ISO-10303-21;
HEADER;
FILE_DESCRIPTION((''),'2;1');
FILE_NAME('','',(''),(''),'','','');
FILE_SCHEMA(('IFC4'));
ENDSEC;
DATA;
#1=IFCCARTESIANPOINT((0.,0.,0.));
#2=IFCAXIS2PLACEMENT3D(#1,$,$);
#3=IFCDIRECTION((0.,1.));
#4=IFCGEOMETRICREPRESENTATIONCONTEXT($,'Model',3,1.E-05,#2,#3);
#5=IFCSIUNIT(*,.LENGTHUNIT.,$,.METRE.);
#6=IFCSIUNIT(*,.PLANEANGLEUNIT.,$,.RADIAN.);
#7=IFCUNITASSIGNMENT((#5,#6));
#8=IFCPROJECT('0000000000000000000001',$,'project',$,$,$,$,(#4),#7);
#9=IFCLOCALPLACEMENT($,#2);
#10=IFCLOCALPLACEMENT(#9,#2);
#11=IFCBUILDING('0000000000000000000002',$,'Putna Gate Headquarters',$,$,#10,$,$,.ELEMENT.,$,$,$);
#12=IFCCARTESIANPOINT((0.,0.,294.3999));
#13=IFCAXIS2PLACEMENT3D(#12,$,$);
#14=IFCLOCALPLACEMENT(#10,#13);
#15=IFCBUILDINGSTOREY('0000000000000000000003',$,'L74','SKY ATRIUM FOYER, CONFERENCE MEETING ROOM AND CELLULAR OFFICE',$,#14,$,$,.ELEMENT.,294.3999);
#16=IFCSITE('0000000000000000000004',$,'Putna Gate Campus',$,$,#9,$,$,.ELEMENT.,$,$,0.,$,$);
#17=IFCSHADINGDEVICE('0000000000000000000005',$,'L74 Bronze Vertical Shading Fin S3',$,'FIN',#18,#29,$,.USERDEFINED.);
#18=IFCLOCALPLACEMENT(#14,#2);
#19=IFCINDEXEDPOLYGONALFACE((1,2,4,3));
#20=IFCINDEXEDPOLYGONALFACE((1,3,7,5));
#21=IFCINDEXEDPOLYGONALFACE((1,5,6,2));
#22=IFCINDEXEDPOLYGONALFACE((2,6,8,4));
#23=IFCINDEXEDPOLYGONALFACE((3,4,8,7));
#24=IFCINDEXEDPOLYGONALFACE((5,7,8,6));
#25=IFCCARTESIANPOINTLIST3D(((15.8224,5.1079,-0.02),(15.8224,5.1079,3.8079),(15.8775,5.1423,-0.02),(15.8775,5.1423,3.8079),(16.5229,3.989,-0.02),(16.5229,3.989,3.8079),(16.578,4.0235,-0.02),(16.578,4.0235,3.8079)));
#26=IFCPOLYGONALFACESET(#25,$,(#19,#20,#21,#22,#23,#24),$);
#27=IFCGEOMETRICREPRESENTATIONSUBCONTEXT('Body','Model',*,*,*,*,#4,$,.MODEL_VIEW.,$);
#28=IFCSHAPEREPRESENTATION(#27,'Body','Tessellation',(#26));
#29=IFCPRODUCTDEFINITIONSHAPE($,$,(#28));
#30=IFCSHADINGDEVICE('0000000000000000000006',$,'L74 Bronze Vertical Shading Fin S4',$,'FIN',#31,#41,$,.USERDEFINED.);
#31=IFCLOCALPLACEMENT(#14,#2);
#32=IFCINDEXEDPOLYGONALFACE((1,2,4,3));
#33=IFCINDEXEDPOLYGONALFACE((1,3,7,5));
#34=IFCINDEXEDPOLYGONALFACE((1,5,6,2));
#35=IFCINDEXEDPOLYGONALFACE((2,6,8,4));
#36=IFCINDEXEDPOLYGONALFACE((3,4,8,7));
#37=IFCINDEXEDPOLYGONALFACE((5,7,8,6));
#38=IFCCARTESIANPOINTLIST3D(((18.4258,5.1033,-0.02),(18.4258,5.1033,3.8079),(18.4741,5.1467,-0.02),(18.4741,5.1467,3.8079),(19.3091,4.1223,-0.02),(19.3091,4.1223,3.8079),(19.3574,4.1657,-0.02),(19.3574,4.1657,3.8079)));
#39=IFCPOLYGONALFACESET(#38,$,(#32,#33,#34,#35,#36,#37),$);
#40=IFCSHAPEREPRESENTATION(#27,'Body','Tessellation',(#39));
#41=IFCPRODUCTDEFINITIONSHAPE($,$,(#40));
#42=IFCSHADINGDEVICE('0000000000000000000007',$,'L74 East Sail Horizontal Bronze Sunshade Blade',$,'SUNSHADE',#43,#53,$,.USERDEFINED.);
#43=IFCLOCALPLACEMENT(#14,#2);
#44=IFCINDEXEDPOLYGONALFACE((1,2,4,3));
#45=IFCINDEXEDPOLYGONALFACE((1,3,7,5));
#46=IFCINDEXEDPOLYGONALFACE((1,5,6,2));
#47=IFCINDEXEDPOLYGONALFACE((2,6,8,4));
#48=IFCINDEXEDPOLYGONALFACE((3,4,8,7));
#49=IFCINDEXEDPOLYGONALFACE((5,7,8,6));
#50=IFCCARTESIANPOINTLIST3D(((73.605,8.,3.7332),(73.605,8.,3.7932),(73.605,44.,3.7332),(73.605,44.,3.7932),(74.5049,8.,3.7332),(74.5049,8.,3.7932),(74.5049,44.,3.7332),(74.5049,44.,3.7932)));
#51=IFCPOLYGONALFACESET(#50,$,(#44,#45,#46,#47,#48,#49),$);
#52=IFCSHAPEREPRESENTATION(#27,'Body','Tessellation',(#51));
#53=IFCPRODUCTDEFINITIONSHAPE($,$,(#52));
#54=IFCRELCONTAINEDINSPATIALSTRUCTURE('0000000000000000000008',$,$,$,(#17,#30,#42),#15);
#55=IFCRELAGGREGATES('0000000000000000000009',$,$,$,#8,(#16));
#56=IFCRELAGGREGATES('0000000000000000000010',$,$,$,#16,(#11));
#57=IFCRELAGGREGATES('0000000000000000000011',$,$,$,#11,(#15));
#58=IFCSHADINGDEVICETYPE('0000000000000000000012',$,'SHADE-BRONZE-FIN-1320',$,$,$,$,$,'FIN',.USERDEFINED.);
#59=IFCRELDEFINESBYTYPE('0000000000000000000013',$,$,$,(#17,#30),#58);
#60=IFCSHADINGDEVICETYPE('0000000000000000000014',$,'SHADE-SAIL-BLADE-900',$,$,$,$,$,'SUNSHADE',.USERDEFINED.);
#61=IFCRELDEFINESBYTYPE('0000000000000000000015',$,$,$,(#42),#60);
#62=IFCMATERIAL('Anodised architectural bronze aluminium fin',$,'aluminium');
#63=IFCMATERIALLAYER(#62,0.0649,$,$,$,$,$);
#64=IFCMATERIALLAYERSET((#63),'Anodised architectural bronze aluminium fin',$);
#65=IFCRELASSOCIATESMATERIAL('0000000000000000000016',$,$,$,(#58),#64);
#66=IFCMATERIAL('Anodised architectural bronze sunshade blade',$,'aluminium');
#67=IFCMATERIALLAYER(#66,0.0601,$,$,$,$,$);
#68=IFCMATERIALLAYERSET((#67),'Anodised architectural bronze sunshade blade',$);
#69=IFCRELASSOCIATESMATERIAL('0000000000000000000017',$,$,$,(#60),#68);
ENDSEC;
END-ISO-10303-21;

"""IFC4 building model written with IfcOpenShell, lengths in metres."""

from ifc_helpers import new_model, si_unit, direction, frame, origin, origin_2d, place, context, subcontext, project, spatial, polyline, rectangle, outline, extrude, material, layer, layer_set, type_object, element, save


model = new_model("IFC4")

# Units and contexts
model_context = context("Model", 3, precision=1e-05, world=origin(), true_north=direction((0.0, 1.0)))
body_context = subcontext(model_context, "Body", "Model", "MODEL_VIEW")
ifc_project = project(units=[si_unit("LENGTHUNIT", "METRE"), si_unit("PLANEANGLEUNIT", "RADIAN")], contexts=[model_context])

# Site, building, storey
site_placement = place(None, origin())
site = spatial("IfcSite", under=ifc_project, at=site_placement, Name="Putna Gate Campus", CompositionType="ELEMENT", RefElevation=0.0)
building_placement = place(site_placement, origin())
building = spatial("IfcBuilding", under=site, at=building_placement, Name="Putna Gate Headquarters", CompositionType="ELEMENT")
storey_placement = place(building_placement, frame((0.0, 0.0, 294.3999)))
storey = spatial("IfcBuildingStorey", under=building, at=storey_placement, Name="L74", Description="SKY ATRIUM FOYER, CONFERENCE MEETING ROOM AND CELLULAR OFFICE", CompositionType="ELEMENT", Elevation=294.3999)

# Shading devices
ifc_material_1 = material(Name="Anodised architectural bronze aluminium fin", Category="aluminium")
ifc_layer_1 = layer(ifc_material_1, 0.0649)
ifc_layer_set_1 = layer_set([ifc_layer_1], Name="Anodised architectural bronze aluminium fin")
shading_device_type_1 = type_object("IfcShadingDeviceType", Name="SHADE-BRONZE-FIN-1320", ElementType="FIN", PredefinedType="USERDEFINED", material=ifc_layer_set_1)
for number, where, z_axis, x_axis, name in (
    (1, (16.2002, 4.5657, -0.02), (0.0, 0.0, 1.0), (0.530659, -0.847585, 0.0), "L74 Bronze Vertical Shading Fin S3"),
    (2, (18.8916, 4.6345, -0.02), (0.0, 0.0, 1.0), (0.669131, -0.743145, 0.0), "L74 Bronze Vertical Shading Fin S4"),
):
    element("IfcShadingDevice", number, at=place(storey_placement, frame(where, z_axis=z_axis, x_axis=x_axis)), inside=storey, type_object=shading_device_type_1, Name=name, ObjectType="FIN", PredefinedType="USERDEFINED", context=body_context, shape_type="SweptSolid", body=[
        extrude(rectangle(XDim=1.3201, YDim=0.0649, at=origin_2d()), origin(), (0.0, 0.0, 1.0), 3.8279),
    ])
ifc_material_2 = material(Name="Anodised architectural bronze sunshade blade", Category="aluminium")
ifc_layer_2 = layer(ifc_material_2, 0.0601)
ifc_layer_set_2 = layer_set([ifc_layer_2], Name="Anodised architectural bronze sunshade blade")
shading_device_type_2 = type_object("IfcShadingDeviceType", Name="SHADE-SAIL-BLADE-900", ElementType="SUNSHADE", PredefinedType="USERDEFINED", material=ifc_layer_set_2)
shading_device_placement = place(storey_placement, frame((0.0, 0.0, 3.7332)))
element("IfcShadingDevice", 3, at=shading_device_placement, inside=storey, type_object=shading_device_type_2, Name="L74 East Sail Horizontal Bronze Sunshade Blade", ObjectType="SUNSHADE", PredefinedType="USERDEFINED", context=body_context, shape_type="SweptSolid", body=[
    extrude(outline(polyline([(73.605, 8.0), (74.5049, 8.0), (74.5049, 44.0), (73.605, 44.0), (73.605, 8.0)])), origin(), (0.0, 0.0, 1.0), 0.0601),
])

save(model, "model.ifc")
